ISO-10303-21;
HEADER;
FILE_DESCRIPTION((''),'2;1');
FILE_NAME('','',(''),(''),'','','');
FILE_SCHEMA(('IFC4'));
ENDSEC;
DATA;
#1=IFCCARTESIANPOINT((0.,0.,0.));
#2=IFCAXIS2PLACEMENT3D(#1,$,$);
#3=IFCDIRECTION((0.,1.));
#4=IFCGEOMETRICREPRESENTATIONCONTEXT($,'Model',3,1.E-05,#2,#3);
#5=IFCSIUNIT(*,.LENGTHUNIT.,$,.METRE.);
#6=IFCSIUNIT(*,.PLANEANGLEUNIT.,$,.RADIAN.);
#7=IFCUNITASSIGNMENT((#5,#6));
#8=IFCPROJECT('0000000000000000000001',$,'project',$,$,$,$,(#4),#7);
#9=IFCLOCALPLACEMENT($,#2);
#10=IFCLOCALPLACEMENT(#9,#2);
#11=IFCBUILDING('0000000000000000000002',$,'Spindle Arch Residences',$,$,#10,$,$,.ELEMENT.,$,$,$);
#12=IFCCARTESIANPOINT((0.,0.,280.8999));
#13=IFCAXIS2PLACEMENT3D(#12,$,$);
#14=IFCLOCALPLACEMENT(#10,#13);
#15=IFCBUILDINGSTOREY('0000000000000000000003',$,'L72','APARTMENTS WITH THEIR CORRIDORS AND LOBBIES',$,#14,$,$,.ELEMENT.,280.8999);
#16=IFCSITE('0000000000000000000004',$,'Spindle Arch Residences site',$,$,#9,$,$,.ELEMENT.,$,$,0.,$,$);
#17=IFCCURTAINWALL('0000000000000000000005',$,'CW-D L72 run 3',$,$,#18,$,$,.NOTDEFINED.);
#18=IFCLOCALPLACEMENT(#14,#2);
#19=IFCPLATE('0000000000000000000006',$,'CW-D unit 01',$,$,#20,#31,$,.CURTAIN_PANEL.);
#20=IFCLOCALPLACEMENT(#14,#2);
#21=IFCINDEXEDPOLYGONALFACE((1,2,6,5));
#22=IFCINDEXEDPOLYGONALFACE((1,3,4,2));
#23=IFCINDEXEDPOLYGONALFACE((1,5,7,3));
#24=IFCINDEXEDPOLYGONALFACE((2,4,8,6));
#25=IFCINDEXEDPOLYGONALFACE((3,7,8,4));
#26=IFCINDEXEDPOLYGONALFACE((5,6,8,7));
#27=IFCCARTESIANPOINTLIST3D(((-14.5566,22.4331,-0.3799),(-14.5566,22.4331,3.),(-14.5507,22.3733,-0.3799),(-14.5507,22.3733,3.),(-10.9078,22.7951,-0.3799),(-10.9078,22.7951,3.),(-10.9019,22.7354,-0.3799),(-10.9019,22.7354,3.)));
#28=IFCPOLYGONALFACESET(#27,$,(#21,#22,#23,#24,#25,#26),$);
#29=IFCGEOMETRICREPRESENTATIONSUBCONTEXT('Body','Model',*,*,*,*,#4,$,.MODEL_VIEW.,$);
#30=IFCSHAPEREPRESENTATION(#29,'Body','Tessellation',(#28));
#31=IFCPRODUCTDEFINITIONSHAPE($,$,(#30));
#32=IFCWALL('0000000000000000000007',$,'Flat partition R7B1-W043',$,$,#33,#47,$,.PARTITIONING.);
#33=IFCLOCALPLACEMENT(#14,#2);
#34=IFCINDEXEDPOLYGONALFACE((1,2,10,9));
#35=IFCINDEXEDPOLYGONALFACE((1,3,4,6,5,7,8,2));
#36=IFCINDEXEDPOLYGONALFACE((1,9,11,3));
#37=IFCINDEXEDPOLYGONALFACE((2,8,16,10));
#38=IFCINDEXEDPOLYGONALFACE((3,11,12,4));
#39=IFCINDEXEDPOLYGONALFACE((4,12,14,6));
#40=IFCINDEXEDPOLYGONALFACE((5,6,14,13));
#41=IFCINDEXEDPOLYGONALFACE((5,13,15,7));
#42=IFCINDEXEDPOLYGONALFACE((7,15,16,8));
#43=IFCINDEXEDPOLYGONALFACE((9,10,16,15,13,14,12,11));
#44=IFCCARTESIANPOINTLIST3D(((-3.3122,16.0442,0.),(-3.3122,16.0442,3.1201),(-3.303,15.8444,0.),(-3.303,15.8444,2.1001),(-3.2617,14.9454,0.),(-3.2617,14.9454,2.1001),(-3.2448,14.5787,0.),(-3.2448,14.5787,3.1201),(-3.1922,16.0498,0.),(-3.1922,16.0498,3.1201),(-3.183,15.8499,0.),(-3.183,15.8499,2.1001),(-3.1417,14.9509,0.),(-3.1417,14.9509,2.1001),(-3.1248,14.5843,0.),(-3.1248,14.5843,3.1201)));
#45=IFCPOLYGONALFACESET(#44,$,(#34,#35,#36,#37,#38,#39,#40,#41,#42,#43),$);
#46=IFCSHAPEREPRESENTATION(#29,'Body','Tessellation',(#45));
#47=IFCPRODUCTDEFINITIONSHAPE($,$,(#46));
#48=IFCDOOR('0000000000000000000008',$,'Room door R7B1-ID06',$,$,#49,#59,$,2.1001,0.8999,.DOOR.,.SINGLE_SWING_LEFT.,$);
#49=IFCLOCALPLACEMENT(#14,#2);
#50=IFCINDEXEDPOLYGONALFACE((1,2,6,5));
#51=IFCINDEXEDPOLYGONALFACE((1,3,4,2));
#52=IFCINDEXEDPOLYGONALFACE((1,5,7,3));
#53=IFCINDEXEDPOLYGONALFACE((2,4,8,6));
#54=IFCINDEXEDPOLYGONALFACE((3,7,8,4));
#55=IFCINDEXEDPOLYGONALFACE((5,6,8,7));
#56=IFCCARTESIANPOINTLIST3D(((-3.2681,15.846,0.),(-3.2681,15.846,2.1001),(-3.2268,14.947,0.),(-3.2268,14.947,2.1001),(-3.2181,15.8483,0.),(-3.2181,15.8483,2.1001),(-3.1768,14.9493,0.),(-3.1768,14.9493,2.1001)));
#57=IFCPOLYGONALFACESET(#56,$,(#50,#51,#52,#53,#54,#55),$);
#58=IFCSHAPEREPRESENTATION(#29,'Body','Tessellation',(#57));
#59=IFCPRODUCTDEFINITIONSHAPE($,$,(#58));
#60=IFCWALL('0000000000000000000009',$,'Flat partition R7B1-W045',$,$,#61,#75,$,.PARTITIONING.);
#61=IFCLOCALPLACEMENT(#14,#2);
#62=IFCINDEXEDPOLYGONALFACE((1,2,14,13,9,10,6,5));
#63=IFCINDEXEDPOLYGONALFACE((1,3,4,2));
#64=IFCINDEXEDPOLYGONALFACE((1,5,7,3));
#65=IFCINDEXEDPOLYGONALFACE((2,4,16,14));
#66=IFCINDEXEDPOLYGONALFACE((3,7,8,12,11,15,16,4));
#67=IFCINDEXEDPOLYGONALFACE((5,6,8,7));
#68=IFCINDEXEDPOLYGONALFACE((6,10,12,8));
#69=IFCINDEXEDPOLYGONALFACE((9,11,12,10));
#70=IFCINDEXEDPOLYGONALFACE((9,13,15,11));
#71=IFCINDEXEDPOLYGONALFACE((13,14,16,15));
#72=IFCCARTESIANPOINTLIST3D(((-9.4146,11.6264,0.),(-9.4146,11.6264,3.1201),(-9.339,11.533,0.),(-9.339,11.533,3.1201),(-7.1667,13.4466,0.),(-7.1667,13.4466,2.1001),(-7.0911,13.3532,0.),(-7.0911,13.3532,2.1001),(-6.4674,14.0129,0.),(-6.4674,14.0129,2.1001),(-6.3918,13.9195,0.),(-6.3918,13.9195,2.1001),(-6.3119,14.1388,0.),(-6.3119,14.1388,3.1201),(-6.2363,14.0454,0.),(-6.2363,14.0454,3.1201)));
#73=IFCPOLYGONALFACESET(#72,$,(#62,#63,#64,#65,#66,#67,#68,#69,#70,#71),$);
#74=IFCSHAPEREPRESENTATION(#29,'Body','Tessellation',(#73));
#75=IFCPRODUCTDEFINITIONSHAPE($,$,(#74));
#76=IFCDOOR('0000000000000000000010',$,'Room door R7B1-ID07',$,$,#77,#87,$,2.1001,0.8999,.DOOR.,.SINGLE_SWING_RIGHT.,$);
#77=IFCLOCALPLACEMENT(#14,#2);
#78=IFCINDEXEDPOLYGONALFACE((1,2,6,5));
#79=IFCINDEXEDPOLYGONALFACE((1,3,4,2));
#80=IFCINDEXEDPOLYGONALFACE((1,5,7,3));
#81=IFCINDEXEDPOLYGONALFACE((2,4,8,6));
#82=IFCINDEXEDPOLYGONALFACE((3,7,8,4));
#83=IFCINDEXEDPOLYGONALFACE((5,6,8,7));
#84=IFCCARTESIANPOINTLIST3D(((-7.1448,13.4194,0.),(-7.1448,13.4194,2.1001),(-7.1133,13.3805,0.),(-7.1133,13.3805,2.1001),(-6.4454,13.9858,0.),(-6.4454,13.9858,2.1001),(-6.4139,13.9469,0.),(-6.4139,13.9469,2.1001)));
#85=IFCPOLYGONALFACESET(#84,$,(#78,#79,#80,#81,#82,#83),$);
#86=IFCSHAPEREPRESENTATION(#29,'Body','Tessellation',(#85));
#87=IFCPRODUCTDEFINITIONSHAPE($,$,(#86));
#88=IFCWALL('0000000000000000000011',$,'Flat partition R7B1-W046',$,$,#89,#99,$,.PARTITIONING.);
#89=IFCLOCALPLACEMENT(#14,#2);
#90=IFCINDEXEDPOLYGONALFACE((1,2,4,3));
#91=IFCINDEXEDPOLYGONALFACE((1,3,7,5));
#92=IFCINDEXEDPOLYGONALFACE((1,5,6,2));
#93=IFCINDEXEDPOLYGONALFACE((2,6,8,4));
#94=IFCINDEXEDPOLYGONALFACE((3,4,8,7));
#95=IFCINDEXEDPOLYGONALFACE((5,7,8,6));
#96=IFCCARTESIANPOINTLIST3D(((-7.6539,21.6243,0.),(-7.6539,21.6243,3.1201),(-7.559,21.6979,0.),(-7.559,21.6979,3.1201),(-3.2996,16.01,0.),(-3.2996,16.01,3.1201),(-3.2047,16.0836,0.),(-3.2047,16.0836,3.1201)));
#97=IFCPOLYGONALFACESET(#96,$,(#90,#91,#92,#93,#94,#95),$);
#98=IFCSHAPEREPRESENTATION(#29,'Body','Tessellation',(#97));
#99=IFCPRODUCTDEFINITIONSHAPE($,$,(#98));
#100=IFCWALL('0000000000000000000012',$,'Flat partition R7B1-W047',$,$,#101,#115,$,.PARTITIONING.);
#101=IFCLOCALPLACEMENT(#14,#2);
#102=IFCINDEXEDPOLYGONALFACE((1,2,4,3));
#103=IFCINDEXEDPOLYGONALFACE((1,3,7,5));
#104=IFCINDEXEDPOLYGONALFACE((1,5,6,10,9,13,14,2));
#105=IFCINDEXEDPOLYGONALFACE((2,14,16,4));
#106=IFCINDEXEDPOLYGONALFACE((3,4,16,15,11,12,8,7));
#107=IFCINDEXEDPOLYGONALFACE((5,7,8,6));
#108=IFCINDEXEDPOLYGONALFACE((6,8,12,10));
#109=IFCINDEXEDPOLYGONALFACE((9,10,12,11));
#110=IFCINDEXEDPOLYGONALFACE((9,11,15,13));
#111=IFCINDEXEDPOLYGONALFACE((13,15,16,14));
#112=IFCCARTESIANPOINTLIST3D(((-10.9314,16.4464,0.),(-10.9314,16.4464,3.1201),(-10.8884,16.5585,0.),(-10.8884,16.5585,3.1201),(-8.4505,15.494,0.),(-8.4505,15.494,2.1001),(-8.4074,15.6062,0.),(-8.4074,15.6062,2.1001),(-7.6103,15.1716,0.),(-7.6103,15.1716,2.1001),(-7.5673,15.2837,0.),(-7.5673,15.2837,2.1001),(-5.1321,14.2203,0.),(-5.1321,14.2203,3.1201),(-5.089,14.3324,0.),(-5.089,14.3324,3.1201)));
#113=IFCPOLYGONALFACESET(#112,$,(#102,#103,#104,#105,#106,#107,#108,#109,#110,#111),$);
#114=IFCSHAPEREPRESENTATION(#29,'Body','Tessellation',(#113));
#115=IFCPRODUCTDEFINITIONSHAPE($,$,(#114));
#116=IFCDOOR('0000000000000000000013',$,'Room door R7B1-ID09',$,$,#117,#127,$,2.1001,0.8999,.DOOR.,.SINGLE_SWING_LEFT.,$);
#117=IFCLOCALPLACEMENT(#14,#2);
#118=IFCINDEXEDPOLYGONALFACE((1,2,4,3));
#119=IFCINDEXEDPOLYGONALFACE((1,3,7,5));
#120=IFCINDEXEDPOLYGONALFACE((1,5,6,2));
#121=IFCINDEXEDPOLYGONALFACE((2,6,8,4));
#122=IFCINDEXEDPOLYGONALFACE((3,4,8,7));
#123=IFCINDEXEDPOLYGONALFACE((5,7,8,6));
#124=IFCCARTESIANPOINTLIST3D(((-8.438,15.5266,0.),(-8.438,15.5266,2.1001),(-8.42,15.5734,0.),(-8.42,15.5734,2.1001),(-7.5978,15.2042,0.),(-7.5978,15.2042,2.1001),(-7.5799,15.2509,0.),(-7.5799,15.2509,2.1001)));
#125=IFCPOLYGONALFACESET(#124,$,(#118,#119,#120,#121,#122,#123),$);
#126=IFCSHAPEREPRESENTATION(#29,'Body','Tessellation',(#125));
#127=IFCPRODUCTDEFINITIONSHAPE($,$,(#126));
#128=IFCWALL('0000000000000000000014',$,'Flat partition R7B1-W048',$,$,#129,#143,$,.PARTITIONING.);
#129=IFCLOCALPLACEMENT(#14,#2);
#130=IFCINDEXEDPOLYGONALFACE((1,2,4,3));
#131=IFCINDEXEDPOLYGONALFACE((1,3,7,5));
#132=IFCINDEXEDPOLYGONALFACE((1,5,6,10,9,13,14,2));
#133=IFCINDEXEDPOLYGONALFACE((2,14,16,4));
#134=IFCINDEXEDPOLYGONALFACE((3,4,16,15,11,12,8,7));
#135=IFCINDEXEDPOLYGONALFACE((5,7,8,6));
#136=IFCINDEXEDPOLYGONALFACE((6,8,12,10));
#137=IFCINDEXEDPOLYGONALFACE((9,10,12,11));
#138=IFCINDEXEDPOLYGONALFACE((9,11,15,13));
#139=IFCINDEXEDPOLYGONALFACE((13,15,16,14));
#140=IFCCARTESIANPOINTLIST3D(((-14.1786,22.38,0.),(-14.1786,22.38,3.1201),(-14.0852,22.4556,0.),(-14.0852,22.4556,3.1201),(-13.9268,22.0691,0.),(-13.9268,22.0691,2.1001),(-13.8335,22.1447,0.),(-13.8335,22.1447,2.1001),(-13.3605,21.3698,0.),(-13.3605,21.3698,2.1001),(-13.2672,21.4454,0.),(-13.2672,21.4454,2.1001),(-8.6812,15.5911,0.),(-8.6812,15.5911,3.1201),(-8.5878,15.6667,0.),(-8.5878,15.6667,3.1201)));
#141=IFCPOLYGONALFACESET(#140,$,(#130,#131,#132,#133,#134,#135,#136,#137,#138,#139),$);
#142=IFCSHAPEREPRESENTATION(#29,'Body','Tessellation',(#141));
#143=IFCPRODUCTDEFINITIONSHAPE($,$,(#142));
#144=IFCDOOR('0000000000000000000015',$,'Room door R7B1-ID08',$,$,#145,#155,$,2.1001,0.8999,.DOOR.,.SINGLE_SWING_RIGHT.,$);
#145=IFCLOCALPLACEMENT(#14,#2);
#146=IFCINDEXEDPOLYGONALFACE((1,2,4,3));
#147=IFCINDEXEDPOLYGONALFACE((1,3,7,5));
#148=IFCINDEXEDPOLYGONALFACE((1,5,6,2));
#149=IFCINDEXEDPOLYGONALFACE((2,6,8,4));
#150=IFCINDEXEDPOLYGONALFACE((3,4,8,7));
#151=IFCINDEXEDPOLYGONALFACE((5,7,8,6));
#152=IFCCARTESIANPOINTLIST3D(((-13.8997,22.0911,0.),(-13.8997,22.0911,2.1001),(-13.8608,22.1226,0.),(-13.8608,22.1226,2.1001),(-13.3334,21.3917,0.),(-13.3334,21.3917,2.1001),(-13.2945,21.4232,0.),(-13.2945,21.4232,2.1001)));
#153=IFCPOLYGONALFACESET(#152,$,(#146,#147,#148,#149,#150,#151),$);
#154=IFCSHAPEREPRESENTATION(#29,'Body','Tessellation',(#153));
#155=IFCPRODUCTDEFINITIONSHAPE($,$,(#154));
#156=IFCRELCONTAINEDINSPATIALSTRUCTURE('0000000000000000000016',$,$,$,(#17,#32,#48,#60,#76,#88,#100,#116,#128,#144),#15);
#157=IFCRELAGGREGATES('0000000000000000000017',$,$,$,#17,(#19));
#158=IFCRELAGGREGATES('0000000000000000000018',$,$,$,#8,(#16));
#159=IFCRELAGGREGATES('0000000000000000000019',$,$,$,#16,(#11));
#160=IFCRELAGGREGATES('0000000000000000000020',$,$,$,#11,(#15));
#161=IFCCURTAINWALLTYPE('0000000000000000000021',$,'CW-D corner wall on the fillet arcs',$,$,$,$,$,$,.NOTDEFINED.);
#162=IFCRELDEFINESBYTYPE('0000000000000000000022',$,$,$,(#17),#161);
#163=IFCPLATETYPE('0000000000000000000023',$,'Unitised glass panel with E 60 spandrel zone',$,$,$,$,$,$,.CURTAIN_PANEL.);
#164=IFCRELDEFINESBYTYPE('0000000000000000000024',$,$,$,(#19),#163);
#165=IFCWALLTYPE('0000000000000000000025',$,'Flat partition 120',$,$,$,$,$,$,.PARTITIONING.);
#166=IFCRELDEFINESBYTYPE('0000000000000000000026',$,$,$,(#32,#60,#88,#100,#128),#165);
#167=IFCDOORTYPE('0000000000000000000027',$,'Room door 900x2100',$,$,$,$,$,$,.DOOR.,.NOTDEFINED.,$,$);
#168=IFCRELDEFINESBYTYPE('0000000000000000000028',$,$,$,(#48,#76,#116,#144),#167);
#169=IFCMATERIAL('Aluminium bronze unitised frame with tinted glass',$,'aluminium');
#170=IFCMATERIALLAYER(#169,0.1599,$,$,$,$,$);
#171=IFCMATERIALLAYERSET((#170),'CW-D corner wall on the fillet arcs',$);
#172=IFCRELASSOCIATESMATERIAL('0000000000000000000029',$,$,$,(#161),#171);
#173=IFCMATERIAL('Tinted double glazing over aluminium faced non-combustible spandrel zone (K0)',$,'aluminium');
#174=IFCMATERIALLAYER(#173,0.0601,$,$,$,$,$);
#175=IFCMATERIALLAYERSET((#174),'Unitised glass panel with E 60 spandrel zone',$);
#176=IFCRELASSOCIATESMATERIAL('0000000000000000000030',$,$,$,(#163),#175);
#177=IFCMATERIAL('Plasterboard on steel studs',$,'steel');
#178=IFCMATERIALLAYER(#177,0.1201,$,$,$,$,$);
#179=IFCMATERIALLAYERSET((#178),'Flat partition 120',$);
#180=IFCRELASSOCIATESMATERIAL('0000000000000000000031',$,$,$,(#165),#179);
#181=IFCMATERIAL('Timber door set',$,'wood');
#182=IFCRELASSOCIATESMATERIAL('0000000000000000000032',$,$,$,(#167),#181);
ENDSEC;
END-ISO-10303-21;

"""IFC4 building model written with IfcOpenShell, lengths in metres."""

from ifc_helpers import new_model, si_unit, direction, frame, frame_2d, origin, origin_2d, place, context, subcontext, project, spatial, rectangle, extrude, material, layer, layer_set, type_object, element, fill, aggregate, save


model = new_model("IFC4")

# Units and contexts
model_context = context("Model", 3, precision=1e-05, world=origin(), true_north=direction((0.0, 1.0)))
body_context = subcontext(model_context, "Body", "Model", "MODEL_VIEW")
ifc_project = project(units=[si_unit("LENGTHUNIT", "METRE"), si_unit("PLANEANGLEUNIT", "RADIAN")], contexts=[model_context])

# Site, building, storey
site_placement = place(None, origin())
site = spatial("IfcSite", under=ifc_project, at=site_placement, Name="Spindle Arch Residences site", CompositionType="ELEMENT", RefElevation=0.0)
building_placement = place(site_placement, origin())
building = spatial("IfcBuilding", under=site, at=building_placement, Name="Spindle Arch Residences", CompositionType="ELEMENT")
storey_placement = place(building_placement, frame((0.0, 0.0, 280.8999)))
storey = spatial("IfcBuildingStorey", under=building, at=storey_placement, Name="L72", Description="APARTMENTS WITH THEIR CORRIDORS AND LOBBIES", CompositionType="ELEMENT", Elevation=280.8999)

# Curtain wall
ifc_material_1 = material(Name="Aluminium bronze unitised frame with tinted glass", Category="aluminium")
ifc_layer_1 = layer(ifc_material_1, 0.1599)
ifc_layer_set_1 = layer_set([ifc_layer_1], Name="CW-D corner wall on the fillet arcs")
curtain_wall_type_1 = type_object("IfcCurtainWallType", Name="CW-D corner wall on the fillet arcs", PredefinedType="NOTDEFINED", material=ifc_layer_set_1)
curtain_wall_1_placement = place(storey_placement, origin())
curtain_wall_1 = element("IfcCurtainWall", 1, at=curtain_wall_1_placement, inside=storey, type_object=curtain_wall_type_1, Name="CW-D L72 run 3", PredefinedType="NOTDEFINED")

# Shared definitions
ifc_material_2 = material(Name="Tinted double glazing over aluminium faced non-combustible spandrel zone (K0)", Category="aluminium")
ifc_layer_2 = layer(ifc_material_2, 0.0601)
ifc_layer_set_2 = layer_set([ifc_layer_2], Name="Unitised glass panel with E 60 spandrel zone")
plate_type = type_object("IfcPlateType", Name="Unitised glass panel with E 60 spandrel zone", PredefinedType="CURTAIN_PANEL", material=ifc_layer_set_2)

# Plate
plate_1_placement = place(storey_placement, frame((-12.7292, 22.5842, -0.3799), z_axis=(0.0, 0.0, 1.0), x_axis=(-0.995113, -0.098741, 0.0)))
plate_1 = element("IfcPlate", 2, at=plate_1_placement, type_object=plate_type, Name="CW-D unit 01", PredefinedType="CURTAIN_PANEL", context=body_context, shape_type="SweptSolid", body=[
    extrude(rectangle(XDim=3.6667, YDim=0.0601, at=origin_2d()), origin(), (0.0, 0.0, 1.0), 3.3799),
])
aggregate(curtain_wall_1, [plate_1])

# Walls, openings, doors
ifc_material_3 = material(Name="Plasterboard on steel studs", Category="steel")
ifc_layer_3 = layer(ifc_material_3, 0.1201)
ifc_layer_set_3 = layer_set([ifc_layer_3], Name="Flat partition 120")
wall_type = type_object("IfcWallType", Name="Flat partition 120", PredefinedType="PARTITIONING", material=ifc_layer_set_3)
wall_1_placement = place(storey_placement, frame((-3.2522, 16.0469, 0.0), z_axis=(0.0, 0.0, 1.0), x_axis=(0.045928, -0.998945, 0.0)))
wall_1 = element("IfcWall", 3, at=wall_1_placement, inside=storey, type_object=wall_type, Name="Flat partition R7B1-W043", PredefinedType="PARTITIONING", context=body_context, shape_type="SweptSolid", body=[
    extrude(rectangle(XDim=1.467, YDim=0.1201, at=frame_2d((0.7334, 0.0))), origin(), (0.0, 0.0, 1.0), 3.1201),
])
opening_1_placement = place(wall_1_placement, frame((0.2, 0.0, 0.0)))
opening_1 = element("IfcOpeningElement", 4, at=opening_1_placement, cuts=wall_1, PredefinedType="OPENING", context=body_context, shape_type="SweptSolid", body=[
    extrude(rectangle(XDim=0.8999, YDim=2.1001, at=frame_2d((0.45, 1.05))), frame((0.0, 0.0701, 0.0), z_axis=(0.0, -1.0, 0.0), x_axis=(1.0, 0.0, 0.0)), (0.0, 0.0, 1.0), 0.1401),
])
ifc_material_4 = material(Name="Timber door set", Category="wood")
door_type_1 = type_object("IfcDoorType", Name="Room door 900x2100", OperationType="NOTDEFINED", PredefinedType="DOOR", material=ifc_material_4)
door_1_placement = place(opening_1_placement, origin())
door_1 = element("IfcDoor", 5, at=door_1_placement, inside=storey, type_object=door_type_1, Name="Room door R7B1-ID06", OperationType="SINGLE_SWING_LEFT", OverallHeight=2.1001, OverallWidth=0.8999, PredefinedType="DOOR", context=body_context, shape_type="SweptSolid", body=[
    extrude(rectangle(XDim=0.8999, YDim=2.1001, at=frame_2d((0.45, 1.05))), frame((0.0, 0.0249, 0.0), z_axis=(0.0, -1.0, 0.0), x_axis=(1.0, 0.0, 0.0)), (0.0, 0.0, 1.0), 0.05),
])
fill(opening_1, door_1)
wall_2_placement = place(storey_placement, frame((-6.2742, 14.092, 0.0), z_axis=(0.0, 0.0, 1.0), x_axis=(-0.777162, -0.6293, 0.0)))
wall_2 = element("IfcWall", 6, at=wall_2_placement, inside=storey, type_object=wall_type, Name="Flat partition R7B1-W045", PredefinedType="PARTITIONING", context=body_context, shape_type="SweptSolid", body=[
    extrude(rectangle(XDim=3.9924, YDim=0.1201, at=frame_2d((1.9961, 0.0))), origin(), (0.0, 0.0, 1.0), 3.1201),
])
opening_2_placement = place(wall_2_placement, frame((0.2, 0.0, 0.0)))
opening_2 = element("IfcOpeningElement", 7, at=opening_2_placement, cuts=wall_2, PredefinedType="OPENING", context=body_context, shape_type="SweptSolid", body=[
    extrude(rectangle(XDim=0.8999, YDim=2.1001, at=frame_2d((0.45, 1.05))), frame((0.0, 0.0701, 0.0), z_axis=(0.0, -1.0, 0.0), x_axis=(1.0, 0.0, 0.0)), (0.0, 0.0, 1.0), 0.1401),
])
door_2_placement = place(opening_2_placement, origin())
door_2 = element("IfcDoor", 8, at=door_2_placement, inside=storey, type_object=door_type_1, Name="Room door R7B1-ID07", OperationType="SINGLE_SWING_RIGHT", OverallHeight=2.1001, OverallWidth=0.8999, PredefinedType="DOOR", context=body_context, shape_type="SweptSolid", body=[
    extrude(rectangle(XDim=0.8999, YDim=2.1001, at=frame_2d((0.45, 1.05))), frame((0.0, 0.0249, 0.0), z_axis=(0.0, -1.0, 0.0), x_axis=(1.0, 0.0, 0.0)), (0.0, 0.0, 1.0), 0.05),
])
fill(opening_2, door_2)

# Wall
wall_3_placement = place(storey_placement, frame((-7.6064, 21.6611, 0.0), z_axis=(0.0, 0.0, 1.0), x_axis=(0.612853, -0.790197, 0.0)))
element("IfcWall", 9, at=wall_3_placement, inside=storey, type_object=wall_type, Name="Flat partition R7B1-W046", PredefinedType="PARTITIONING", context=body_context, shape_type="SweptSolid", body=[
    extrude(rectangle(XDim=7.105, YDim=0.1201, at=frame_2d((3.5525, 0.0))), origin(), (0.0, 0.0, 1.0), 3.1201),
])

# Walls, openings, doors
wall_4_placement = place(storey_placement, frame((-10.9099, 16.5024, 0.0), z_axis=(0.0, 0.0, 1.0), x_axis=(0.933584, -0.358357, 0.0)))
wall_4 = element("IfcWall", 10, at=wall_4_placement, inside=storey, type_object=wall_type, Name="Flat partition R7B1-W047", PredefinedType="PARTITIONING", context=body_context, shape_type="SweptSolid", body=[
    extrude(rectangle(XDim=6.2119, YDim=0.1201, at=frame_2d((3.106, 0.0))), origin(), (0.0, 0.0, 1.0), 3.1201),
])
opening_3_placement = place(wall_4_placement, frame((2.6575, 0.0, 0.0)))
opening_3 = element("IfcOpeningElement", 11, at=opening_3_placement, cuts=wall_4, PredefinedType="OPENING", context=body_context, shape_type="SweptSolid", body=[
    extrude(rectangle(XDim=0.8999, YDim=2.1001, at=frame_2d((0.45, 1.05))), frame((0.0, 0.0701, 0.0), z_axis=(0.0, -1.0, 0.0), x_axis=(1.0, 0.0, 0.0)), (0.0, 0.0, 1.0), 0.1401),
])
door_3_placement = place(opening_3_placement, origin())
door_3 = element("IfcDoor", 12, at=door_3_placement, inside=storey, type_object=door_type_1, Name="Room door R7B1-ID09", OperationType="SINGLE_SWING_LEFT", OverallHeight=2.1001, OverallWidth=0.8999, PredefinedType="DOOR", context=body_context, shape_type="SweptSolid", body=[
    extrude(rectangle(XDim=0.8999, YDim=2.1001, at=frame_2d((0.45, 1.05))), frame((0.0, 0.0249, 0.0), z_axis=(0.0, -1.0, 0.0), x_axis=(1.0, 0.0, 0.0)), (0.0, 0.0, 1.0), 0.05),
])
fill(opening_3, door_3)
wall_5_placement = place(storey_placement, frame((-14.1318, 22.4177, 0.0), z_axis=(0.0, 0.0, 1.0), x_axis=(0.629309, -0.777155, 0.0)))
wall_5 = element("IfcWall", 13, at=wall_5_placement, inside=storey, type_object=wall_type, Name="Flat partition R7B1-W048", PredefinedType="PARTITIONING", context=body_context, shape_type="SweptSolid", body=[
    extrude(rectangle(XDim=8.7356, YDim=0.1201, at=frame_2d((4.3677, 0.0))), origin(), (0.0, 0.0, 1.0), 3.1201),
])
opening_4_placement = place(wall_5_placement, frame((0.3999, 0.0, 0.0)))
opening_4 = element("IfcOpeningElement", 14, at=opening_4_placement, cuts=wall_5, PredefinedType="OPENING", context=body_context, shape_type="SweptSolid", body=[
    extrude(rectangle(XDim=0.8999, YDim=2.1001, at=frame_2d((0.45, 1.05))), frame((0.0, 0.0701, 0.0), z_axis=(0.0, -1.0, 0.0), x_axis=(1.0, 0.0, 0.0)), (0.0, 0.0, 1.0), 0.1401),
])
door_4_placement = place(opening_4_placement, origin())
door_4 = element("IfcDoor", 15, at=door_4_placement, inside=storey, type_object=door_type_1, Name="Room door R7B1-ID08", OperationType="SINGLE_SWING_RIGHT", OverallHeight=2.1001, OverallWidth=0.8999, PredefinedType="DOOR", context=body_context, shape_type="SweptSolid", body=[
    extrude(rectangle(XDim=0.8999, YDim=2.1001, at=frame_2d((0.45, 1.05))), frame((0.0, 0.0249, 0.0), z_axis=(0.0, -1.0, 0.0), x_axis=(1.0, 0.0, 0.0)), (0.0, 0.0, 1.0), 0.05),
])
fill(opening_4, door_4)

save(model, "model.ifc")
